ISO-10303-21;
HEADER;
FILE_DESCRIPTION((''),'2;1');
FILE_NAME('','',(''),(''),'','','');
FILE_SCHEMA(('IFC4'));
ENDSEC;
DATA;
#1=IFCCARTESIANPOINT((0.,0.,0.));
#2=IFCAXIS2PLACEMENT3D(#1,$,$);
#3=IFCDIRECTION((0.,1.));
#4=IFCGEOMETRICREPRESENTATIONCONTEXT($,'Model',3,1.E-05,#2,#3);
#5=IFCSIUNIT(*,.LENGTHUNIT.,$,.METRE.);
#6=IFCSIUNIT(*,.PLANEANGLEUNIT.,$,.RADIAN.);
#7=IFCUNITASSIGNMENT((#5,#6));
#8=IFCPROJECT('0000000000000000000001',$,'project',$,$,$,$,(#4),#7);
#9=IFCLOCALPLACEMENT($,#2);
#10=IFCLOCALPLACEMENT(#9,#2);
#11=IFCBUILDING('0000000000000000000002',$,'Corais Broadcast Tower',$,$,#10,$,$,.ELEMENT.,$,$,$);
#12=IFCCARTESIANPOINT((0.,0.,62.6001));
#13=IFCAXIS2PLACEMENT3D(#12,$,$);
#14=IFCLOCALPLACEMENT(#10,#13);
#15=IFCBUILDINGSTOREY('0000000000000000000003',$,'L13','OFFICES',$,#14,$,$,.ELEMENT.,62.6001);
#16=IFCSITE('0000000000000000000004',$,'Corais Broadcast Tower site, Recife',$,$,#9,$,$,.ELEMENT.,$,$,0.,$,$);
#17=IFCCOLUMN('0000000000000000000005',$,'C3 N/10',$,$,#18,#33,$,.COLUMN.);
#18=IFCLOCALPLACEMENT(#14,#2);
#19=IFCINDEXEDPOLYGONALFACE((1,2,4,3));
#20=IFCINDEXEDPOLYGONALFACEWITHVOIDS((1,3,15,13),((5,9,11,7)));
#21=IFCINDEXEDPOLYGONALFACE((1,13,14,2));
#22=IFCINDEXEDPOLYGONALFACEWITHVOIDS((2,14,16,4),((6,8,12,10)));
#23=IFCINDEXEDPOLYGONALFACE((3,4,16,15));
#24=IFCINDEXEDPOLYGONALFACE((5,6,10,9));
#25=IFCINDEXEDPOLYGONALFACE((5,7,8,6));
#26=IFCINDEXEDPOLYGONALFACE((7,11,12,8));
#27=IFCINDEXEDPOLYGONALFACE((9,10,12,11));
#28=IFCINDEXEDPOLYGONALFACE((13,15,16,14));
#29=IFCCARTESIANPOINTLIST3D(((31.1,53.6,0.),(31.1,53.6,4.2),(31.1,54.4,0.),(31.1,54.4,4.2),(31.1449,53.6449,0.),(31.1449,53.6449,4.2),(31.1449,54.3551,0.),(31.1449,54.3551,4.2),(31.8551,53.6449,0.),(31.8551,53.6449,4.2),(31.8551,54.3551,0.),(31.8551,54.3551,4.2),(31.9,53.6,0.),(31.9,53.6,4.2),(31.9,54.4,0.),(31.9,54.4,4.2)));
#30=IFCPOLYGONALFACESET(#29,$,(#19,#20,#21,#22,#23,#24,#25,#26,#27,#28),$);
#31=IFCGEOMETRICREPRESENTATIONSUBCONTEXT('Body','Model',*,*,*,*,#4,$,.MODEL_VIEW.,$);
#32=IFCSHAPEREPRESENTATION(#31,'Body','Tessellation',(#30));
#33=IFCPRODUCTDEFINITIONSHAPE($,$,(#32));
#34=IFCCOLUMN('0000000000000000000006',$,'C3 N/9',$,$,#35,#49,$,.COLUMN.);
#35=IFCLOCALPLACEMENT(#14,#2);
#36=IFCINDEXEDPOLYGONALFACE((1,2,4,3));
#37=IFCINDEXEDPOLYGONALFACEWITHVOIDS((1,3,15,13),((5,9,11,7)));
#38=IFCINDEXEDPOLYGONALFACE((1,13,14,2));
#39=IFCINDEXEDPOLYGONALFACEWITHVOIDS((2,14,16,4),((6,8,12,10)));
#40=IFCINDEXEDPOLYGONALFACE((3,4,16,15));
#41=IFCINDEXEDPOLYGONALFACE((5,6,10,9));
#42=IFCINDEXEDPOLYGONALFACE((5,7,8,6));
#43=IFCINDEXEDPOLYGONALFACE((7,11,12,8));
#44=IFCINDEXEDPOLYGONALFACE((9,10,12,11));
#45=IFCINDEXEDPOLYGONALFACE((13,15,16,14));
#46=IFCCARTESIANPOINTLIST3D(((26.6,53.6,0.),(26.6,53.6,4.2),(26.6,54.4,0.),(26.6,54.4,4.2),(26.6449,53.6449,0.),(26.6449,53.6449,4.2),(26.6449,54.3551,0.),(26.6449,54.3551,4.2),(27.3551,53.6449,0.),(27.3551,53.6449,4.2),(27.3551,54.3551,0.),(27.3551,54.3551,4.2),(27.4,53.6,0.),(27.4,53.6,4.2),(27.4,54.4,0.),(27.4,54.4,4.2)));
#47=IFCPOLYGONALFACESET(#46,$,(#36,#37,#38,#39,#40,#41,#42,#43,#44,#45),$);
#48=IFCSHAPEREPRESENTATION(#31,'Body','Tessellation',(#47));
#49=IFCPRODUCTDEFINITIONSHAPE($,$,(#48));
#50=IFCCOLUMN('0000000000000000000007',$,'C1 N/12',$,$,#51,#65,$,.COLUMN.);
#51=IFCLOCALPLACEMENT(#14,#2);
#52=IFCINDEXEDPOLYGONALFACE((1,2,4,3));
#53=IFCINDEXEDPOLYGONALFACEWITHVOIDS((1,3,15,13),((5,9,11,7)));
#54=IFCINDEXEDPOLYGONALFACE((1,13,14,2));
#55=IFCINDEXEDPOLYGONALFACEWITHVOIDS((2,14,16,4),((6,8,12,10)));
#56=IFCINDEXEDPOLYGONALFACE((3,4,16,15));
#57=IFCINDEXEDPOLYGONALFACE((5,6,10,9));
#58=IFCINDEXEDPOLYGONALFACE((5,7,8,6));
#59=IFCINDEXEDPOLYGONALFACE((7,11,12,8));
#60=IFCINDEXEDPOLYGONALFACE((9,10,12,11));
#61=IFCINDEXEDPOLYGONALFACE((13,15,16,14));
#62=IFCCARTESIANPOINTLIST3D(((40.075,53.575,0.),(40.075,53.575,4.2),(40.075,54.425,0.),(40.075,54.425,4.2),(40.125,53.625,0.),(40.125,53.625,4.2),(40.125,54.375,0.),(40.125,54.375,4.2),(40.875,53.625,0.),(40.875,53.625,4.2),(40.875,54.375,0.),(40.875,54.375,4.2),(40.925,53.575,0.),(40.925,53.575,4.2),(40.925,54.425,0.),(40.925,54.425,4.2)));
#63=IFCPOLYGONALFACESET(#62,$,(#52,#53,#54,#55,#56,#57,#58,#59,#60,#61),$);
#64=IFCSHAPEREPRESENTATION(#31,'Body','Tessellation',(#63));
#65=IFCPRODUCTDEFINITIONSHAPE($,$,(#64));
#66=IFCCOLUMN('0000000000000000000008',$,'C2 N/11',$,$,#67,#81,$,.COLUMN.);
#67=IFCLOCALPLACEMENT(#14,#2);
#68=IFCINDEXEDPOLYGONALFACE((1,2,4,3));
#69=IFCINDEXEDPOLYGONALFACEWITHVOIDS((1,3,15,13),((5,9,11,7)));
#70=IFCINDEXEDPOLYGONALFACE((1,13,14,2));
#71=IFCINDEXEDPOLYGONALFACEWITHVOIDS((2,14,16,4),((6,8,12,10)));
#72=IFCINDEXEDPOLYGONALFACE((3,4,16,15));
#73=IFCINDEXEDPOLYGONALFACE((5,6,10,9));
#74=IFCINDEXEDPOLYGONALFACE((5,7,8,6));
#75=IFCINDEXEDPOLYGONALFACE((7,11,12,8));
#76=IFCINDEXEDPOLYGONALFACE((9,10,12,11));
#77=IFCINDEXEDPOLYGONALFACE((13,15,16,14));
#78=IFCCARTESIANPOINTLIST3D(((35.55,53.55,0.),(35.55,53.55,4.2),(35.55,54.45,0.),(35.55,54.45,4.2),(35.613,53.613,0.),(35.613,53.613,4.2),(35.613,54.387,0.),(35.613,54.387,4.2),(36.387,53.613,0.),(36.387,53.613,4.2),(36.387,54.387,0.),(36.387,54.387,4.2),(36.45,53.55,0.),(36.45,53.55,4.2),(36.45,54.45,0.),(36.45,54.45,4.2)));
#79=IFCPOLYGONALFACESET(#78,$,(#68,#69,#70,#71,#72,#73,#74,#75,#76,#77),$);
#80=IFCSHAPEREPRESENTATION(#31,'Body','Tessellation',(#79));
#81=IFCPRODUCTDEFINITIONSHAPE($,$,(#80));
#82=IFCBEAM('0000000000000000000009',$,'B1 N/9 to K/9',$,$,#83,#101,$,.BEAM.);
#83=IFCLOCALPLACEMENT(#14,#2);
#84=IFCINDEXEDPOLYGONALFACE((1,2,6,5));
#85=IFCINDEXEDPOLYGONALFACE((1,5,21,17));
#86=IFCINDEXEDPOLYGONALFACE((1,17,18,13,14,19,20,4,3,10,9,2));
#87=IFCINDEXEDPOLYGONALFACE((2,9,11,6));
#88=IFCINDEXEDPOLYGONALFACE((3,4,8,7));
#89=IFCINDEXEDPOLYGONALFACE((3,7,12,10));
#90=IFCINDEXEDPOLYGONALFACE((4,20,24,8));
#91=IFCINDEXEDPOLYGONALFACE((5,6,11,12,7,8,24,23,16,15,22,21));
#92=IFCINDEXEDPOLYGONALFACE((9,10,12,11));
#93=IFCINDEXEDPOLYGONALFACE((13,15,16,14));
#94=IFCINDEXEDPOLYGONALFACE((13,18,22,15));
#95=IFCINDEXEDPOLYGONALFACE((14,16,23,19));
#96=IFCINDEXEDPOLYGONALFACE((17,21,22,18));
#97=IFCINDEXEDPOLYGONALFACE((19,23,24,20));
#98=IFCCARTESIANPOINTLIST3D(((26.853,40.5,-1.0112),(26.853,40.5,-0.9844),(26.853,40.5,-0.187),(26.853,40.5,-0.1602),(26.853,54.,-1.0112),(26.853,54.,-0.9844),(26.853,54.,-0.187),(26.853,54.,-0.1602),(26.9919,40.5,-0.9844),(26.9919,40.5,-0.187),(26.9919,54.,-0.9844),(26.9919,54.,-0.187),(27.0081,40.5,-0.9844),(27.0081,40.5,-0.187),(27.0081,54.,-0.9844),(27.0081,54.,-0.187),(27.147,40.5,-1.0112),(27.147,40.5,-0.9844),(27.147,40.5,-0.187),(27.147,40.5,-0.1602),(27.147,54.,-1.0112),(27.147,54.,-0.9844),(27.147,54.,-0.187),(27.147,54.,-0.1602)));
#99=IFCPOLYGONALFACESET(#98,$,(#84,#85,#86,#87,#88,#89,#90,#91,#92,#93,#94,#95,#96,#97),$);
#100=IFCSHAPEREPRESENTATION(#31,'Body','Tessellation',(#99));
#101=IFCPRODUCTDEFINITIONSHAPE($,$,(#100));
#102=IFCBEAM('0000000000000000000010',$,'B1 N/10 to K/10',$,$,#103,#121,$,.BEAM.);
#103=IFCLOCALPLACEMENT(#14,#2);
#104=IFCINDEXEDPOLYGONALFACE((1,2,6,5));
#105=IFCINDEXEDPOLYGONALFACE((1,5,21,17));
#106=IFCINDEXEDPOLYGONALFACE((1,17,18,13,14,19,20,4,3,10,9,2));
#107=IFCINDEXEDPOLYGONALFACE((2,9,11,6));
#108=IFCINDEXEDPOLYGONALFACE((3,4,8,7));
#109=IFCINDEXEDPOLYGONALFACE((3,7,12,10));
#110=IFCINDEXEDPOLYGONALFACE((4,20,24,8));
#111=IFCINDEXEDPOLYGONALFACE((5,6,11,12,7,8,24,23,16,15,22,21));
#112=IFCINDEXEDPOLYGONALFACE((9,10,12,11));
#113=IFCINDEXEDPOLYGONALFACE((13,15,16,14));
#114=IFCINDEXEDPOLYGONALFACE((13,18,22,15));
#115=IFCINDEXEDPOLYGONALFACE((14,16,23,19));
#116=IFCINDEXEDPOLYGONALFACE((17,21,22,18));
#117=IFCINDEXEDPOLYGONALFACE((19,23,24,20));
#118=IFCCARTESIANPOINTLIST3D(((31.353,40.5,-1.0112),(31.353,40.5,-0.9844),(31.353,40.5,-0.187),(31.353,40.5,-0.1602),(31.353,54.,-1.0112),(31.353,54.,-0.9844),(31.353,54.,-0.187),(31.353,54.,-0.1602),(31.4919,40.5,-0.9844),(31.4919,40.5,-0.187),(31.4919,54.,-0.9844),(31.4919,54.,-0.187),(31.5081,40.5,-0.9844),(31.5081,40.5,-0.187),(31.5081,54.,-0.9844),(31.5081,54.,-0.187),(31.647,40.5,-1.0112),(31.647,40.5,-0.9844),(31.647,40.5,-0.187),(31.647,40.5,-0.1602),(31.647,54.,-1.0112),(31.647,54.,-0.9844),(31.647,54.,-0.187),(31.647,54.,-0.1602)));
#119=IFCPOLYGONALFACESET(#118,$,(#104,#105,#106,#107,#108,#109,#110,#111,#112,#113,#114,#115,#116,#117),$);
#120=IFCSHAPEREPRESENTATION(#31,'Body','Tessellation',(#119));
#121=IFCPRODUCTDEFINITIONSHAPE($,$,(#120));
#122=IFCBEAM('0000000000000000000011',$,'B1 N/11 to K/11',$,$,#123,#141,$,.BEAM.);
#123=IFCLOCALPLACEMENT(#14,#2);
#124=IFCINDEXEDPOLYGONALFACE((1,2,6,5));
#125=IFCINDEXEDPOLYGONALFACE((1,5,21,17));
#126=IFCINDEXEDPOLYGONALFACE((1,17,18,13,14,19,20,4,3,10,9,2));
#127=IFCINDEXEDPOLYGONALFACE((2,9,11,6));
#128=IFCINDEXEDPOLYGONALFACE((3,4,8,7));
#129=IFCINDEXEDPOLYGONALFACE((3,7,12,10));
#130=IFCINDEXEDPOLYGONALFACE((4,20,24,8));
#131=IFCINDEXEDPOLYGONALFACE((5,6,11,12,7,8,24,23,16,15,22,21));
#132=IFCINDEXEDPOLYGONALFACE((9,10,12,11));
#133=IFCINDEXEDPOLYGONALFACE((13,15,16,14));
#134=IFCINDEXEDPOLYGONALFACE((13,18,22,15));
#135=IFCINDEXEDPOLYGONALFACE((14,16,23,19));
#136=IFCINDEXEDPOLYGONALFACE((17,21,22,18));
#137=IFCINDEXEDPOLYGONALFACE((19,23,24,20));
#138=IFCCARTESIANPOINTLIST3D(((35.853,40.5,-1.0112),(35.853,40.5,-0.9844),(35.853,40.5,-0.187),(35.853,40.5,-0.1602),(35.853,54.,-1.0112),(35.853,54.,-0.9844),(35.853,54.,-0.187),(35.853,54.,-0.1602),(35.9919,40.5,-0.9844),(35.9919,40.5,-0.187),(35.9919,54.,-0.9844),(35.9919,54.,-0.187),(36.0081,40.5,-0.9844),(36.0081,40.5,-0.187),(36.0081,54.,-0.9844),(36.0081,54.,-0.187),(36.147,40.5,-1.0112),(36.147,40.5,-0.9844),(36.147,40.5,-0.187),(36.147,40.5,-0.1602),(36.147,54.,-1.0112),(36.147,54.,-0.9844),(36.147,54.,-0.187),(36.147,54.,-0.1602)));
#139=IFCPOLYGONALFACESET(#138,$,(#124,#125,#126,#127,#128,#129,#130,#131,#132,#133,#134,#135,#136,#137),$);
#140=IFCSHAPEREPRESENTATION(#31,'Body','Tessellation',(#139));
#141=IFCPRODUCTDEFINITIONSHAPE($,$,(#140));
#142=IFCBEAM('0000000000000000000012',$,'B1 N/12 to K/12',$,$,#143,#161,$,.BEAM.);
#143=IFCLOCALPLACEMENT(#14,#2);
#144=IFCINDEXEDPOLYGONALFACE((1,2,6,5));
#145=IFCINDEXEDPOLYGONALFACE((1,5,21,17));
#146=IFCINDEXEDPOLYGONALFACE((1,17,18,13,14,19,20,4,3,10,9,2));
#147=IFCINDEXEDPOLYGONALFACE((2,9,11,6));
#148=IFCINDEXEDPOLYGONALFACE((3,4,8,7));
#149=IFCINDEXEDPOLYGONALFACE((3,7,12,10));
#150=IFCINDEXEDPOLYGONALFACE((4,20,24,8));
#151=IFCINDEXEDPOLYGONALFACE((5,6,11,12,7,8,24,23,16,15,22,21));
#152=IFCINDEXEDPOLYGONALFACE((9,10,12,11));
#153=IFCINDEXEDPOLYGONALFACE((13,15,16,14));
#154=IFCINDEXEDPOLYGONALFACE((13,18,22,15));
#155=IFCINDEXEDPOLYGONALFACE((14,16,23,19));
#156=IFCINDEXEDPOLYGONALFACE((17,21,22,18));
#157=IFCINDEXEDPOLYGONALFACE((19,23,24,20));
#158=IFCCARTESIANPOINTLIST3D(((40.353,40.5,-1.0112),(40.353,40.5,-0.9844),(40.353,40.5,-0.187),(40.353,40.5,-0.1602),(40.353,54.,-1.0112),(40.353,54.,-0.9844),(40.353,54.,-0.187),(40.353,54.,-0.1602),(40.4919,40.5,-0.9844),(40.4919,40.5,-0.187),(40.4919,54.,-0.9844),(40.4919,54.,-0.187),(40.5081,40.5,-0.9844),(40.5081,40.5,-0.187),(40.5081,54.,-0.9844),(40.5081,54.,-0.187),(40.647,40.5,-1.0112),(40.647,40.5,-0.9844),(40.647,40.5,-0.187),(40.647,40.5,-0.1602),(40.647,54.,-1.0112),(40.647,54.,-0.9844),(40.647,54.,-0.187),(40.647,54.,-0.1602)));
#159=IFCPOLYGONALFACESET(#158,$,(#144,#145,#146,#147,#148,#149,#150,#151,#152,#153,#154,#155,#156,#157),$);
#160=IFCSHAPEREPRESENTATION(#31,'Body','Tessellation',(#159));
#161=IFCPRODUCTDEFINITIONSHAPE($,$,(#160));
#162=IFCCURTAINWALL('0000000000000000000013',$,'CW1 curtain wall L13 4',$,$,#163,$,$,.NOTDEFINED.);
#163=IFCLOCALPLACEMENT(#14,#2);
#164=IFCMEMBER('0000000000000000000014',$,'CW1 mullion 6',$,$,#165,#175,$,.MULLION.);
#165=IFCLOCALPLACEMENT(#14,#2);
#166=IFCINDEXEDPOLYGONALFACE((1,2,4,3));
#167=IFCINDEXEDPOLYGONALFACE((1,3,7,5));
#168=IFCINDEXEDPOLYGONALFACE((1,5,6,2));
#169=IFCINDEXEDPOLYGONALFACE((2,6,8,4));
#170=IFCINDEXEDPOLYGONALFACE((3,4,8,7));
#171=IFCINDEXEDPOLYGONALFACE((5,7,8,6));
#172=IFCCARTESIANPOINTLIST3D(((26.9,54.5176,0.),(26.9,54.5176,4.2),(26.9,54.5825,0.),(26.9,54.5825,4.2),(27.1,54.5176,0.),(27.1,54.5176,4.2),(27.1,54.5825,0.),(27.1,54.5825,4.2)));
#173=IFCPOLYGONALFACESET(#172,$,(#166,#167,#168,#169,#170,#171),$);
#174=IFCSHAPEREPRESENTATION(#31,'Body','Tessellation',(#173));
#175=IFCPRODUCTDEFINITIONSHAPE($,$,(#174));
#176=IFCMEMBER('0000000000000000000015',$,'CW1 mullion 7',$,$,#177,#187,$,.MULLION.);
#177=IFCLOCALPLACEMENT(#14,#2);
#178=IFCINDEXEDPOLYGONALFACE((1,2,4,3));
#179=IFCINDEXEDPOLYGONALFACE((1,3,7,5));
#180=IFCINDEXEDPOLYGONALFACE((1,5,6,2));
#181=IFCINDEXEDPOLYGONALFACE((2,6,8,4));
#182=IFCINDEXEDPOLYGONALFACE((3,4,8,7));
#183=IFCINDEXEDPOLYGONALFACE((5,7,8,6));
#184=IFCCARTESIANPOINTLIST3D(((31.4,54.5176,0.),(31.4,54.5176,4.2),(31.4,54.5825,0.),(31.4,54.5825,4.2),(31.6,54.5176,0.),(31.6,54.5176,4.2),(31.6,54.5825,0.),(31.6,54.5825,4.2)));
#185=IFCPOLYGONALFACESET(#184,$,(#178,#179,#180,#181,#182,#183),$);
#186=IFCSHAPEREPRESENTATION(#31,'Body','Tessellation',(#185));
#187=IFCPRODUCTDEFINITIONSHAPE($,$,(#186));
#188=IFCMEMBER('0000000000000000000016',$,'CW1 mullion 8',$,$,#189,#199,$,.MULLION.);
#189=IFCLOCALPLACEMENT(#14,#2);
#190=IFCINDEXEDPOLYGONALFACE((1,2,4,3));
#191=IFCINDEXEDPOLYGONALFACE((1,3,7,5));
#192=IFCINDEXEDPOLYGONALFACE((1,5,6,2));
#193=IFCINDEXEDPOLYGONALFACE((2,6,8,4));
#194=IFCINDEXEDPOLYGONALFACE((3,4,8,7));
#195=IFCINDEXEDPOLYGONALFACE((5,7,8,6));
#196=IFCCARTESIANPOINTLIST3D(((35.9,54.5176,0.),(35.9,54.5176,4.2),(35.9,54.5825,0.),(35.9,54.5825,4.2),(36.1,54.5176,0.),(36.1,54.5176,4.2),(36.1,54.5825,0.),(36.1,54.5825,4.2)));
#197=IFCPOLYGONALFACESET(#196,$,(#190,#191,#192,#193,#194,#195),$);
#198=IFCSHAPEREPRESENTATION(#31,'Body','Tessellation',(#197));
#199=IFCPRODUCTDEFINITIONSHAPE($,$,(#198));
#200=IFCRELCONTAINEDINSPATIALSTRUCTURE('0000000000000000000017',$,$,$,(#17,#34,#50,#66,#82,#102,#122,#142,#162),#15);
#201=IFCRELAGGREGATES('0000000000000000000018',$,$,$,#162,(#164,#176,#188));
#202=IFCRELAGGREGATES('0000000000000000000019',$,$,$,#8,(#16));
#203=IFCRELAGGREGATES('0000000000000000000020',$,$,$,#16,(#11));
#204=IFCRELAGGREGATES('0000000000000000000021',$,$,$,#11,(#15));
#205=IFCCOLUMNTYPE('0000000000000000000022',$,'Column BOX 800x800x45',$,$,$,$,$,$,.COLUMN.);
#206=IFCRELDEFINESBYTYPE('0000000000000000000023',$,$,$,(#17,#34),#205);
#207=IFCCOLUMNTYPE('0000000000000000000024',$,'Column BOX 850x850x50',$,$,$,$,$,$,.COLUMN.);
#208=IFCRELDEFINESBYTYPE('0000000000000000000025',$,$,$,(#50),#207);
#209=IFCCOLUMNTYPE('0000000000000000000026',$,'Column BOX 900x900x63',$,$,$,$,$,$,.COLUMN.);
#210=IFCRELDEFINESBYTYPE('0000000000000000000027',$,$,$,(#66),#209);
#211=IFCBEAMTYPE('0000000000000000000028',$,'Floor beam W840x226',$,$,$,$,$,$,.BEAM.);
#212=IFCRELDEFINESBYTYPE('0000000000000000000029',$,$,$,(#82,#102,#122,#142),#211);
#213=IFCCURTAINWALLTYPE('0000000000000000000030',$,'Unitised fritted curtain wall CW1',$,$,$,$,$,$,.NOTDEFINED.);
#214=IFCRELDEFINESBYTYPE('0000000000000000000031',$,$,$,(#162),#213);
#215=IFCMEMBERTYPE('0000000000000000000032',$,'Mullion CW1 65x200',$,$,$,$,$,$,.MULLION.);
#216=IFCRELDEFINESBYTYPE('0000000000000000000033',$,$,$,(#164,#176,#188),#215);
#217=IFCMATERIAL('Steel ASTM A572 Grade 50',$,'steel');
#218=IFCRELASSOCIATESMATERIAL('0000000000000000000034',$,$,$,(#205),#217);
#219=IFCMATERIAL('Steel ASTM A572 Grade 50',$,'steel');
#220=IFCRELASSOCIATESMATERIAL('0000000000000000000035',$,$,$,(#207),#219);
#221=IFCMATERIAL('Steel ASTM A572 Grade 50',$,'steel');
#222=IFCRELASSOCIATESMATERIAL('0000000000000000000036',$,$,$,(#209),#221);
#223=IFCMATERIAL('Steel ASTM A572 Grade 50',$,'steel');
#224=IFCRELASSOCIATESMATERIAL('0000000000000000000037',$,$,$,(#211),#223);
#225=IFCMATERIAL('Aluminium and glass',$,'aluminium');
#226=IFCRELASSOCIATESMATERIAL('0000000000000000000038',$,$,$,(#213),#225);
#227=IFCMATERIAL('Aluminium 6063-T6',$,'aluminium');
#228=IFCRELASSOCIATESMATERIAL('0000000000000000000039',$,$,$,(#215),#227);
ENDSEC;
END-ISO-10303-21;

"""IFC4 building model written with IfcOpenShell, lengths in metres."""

from ifc_helpers import new_model, si_unit, direction, frame, origin, origin_2d, place, context, subcontext, project, spatial, rectangle, hollow_rectangle, i_section, extrude, material, material_profile, profile_set, type_object, element, aggregate, save


model = new_model("IFC4")

# Units and contexts
model_context = context("Model", 3, precision=1e-05, world=origin(), true_north=direction((0.0, 1.0)))
body_context = subcontext(model_context, "Body", "Model", "MODEL_VIEW")
ifc_project = project(units=[si_unit("LENGTHUNIT", "METRE"), si_unit("PLANEANGLEUNIT", "RADIAN")], contexts=[model_context])

# Site, building, storey
site_placement = place(None, origin())
site = spatial("IfcSite", under=ifc_project, at=site_placement, Name="Corais Broadcast Tower site, Recife", CompositionType="ELEMENT", RefElevation=0.0)
building_placement = place(site_placement, origin())
building = spatial("IfcBuilding", under=site, at=building_placement, Name="Corais Broadcast Tower", CompositionType="ELEMENT")
storey_placement = place(building_placement, frame((0.0, 0.0, 62.6001)))
storey = spatial("IfcBuildingStorey", under=building, at=storey_placement, Name="L13", Description="OFFICES", CompositionType="ELEMENT", Elevation=62.6001)

# Columns
ifc_material_1 = material(Name="Steel ASTM A572 Grade 50", Category="steel")
ifc_material_profile_1 = material_profile(ifc_material_1, hollow_rectangle(XDim=0.8, YDim=0.8, WallThickness=0.0449, at=origin_2d()), Name="BOX 800x800x45")
ifc_profile_set_1 = profile_set([ifc_material_profile_1], Name="Steel ASTM A572 Grade 50")
column_type_1 = type_object("IfcColumnType", Name="Column BOX 800x800x45", PredefinedType="COLUMN", material=ifc_profile_set_1)
for number, where, z_axis, x_axis, name in (
    (1, (31.5, 54.0, 0.0), (0.0, 0.0, 1.0), (1.0, 0.0, 0.0), "C3 N/10"),
    (2, (27.0, 54.0, 0.0), (0.0, 0.0, 1.0), (1.0, 0.0, 0.0), "C3 N/9"),
):
    element("IfcColumn", number, at=place(storey_placement, frame(where, z_axis=z_axis, x_axis=x_axis)), inside=storey, type_object=column_type_1, Name=name, PredefinedType="COLUMN", context=body_context, shape_type="SweptSolid", body=[
        extrude(hollow_rectangle(XDim=0.8, YDim=0.8, WallThickness=0.0449, at=origin_2d()), origin(), (0.0, 0.0, 1.0), 4.2),
    ])
ifc_material_2 = material(Name="Steel ASTM A572 Grade 50", Category="steel")
ifc_material_profile_2 = material_profile(ifc_material_2, hollow_rectangle(XDim=0.8501, YDim=0.8501, WallThickness=0.05, at=origin_2d()), Name="BOX 850x850x50")
ifc_profile_set_2 = profile_set([ifc_material_profile_2], Name="Steel ASTM A572 Grade 50")
column_type_2 = type_object("IfcColumnType", Name="Column BOX 850x850x50", PredefinedType="COLUMN", material=ifc_profile_set_2)
column_1_placement = place(storey_placement, frame((40.5, 54.0, 0.0), z_axis=(0.0, 0.0, 1.0), x_axis=(1.0, 0.0, 0.0)))
element("IfcColumn", 3, at=column_1_placement, inside=storey, type_object=column_type_2, Name="C1 N/12", PredefinedType="COLUMN", context=body_context, shape_type="SweptSolid", body=[
    extrude(hollow_rectangle(XDim=0.8501, YDim=0.8501, WallThickness=0.05, at=origin_2d()), origin(), (0.0, 0.0, 1.0), 4.2),
])
ifc_material_3 = material(Name="Steel ASTM A572 Grade 50", Category="steel")
ifc_material_profile_3 = material_profile(ifc_material_3, hollow_rectangle(XDim=0.8999, YDim=0.8999, WallThickness=0.063, at=origin_2d()), Name="BOX 900x900x63")
ifc_profile_set_3 = profile_set([ifc_material_profile_3], Name="Steel ASTM A572 Grade 50")
column_type_3 = type_object("IfcColumnType", Name="Column BOX 900x900x63", PredefinedType="COLUMN", material=ifc_profile_set_3)
column_2_placement = place(storey_placement, frame((36.0, 54.0, 0.0), z_axis=(0.0, 0.0, 1.0), x_axis=(1.0, 0.0, 0.0)))
element("IfcColumn", 4, at=column_2_placement, inside=storey, type_object=column_type_3, Name="C2 N/11", PredefinedType="COLUMN", context=body_context, shape_type="SweptSolid", body=[
    extrude(hollow_rectangle(XDim=0.8999, YDim=0.8999, WallThickness=0.063, at=origin_2d()), origin(), (0.0, 0.0, 1.0), 4.2),
])

# Beams
ifc_material_4 = material(Name="Steel ASTM A572 Grade 50", Category="steel")
ifc_material_profile_4 = material_profile(ifc_material_4, i_section(OverallWidth=0.2939, OverallDepth=0.8511, WebThickness=0.0161, FlangeThickness=0.0269, at=origin_2d()), Name="W840x226")
ifc_profile_set_4 = profile_set([ifc_material_profile_4], Name="Steel ASTM A572 Grade 50")
beam_type_1 = type_object("IfcBeamType", Name="Floor beam W840x226", PredefinedType="BEAM", material=ifc_profile_set_4)
for number, where, z_axis, x_axis, name in (
    (5, (27.0, 54.0, -0.5857), (0.0, -1.0, 0.0), (1.0, 0.0, 0.0), "B1 N/9 to K/9"),
    (6, (31.5, 54.0, -0.5857), (0.0, -1.0, 0.0), (1.0, 0.0, 0.0), "B1 N/10 to K/10"),
    (7, (36.0, 54.0, -0.5857), (0.0, -1.0, 0.0), (1.0, 0.0, 0.0), "B1 N/11 to K/11"),
    (8, (40.5, 54.0, -0.5857), (0.0, -1.0, 0.0), (1.0, 0.0, 0.0), "B1 N/12 to K/12"),
):
    element("IfcBeam", number, at=place(storey_placement, frame(where, z_axis=z_axis, x_axis=x_axis)), inside=storey, type_object=beam_type_1, Name=name, PredefinedType="BEAM", context=body_context, shape_type="SweptSolid", body=[
        extrude(i_section(OverallWidth=0.2939, OverallDepth=0.8511, WebThickness=0.0161, FlangeThickness=0.0269, at=origin_2d()), origin(), (0.0, 0.0, 1.0), 13.5),
    ])

# Curtain wall, members
ifc_material_5 = material(Name="Aluminium and glass", Category="aluminium")
curtain_wall_type = type_object("IfcCurtainWallType", Name="Unitised fritted curtain wall CW1", PredefinedType="NOTDEFINED", material=ifc_material_5)
curtain_wall_placement = place(storey_placement, origin())
curtain_wall = element("IfcCurtainWall", 9, at=curtain_wall_placement, inside=storey, type_object=curtain_wall_type, Name="CW1 curtain wall L13 4", PredefinedType="NOTDEFINED")
ifc_material_6 = material(Name="Aluminium 6063-T6", Category="aluminium")
ifc_material_profile_5 = material_profile(ifc_material_6, rectangle(XDim=0.0649, YDim=0.2, at=origin_2d()), Name="Mullion CW1 65x200")
ifc_profile_set_5 = profile_set([ifc_material_profile_5], Name="Aluminium 6063-T6")
member_type_1 = type_object("IfcMemberType", Name="Mullion CW1 65x200", PredefinedType="MULLION", material=ifc_profile_set_5)
member_1_placement = place(storey_placement, frame((27.0, 54.55, 0.0), z_axis=(0.0, 0.0, 1.0), x_axis=(0.0, 1.0, 0.0)))
member_1 = element("IfcMember", 10, at=member_1_placement, type_object=member_type_1, Name="CW1 mullion 6", PredefinedType="MULLION", context=body_context, shape_type="SweptSolid", body=[
    extrude(rectangle(XDim=0.0649, YDim=0.2, at=origin_2d()), origin(), (0.0, 0.0, 1.0), 4.2),
])
member_2_placement = place(storey_placement, frame((31.5, 54.55, 0.0), z_axis=(0.0, 0.0, 1.0), x_axis=(0.0, 1.0, 0.0)))
member_2 = element("IfcMember", 11, at=member_2_placement, type_object=member_type_1, Name="CW1 mullion 7", PredefinedType="MULLION", context=body_context, shape_type="SweptSolid", body=[
    extrude(rectangle(XDim=0.0649, YDim=0.2, at=origin_2d()), origin(), (0.0, 0.0, 1.0), 4.2),
])
member_3_placement = place(storey_placement, frame((36.0, 54.55, 0.0), z_axis=(0.0, 0.0, 1.0), x_axis=(0.0, 1.0, 0.0)))
member_3 = element("IfcMember", 12, at=member_3_placement, type_object=member_type_1, Name="CW1 mullion 8", PredefinedType="MULLION", context=body_context, shape_type="SweptSolid", body=[
    extrude(rectangle(XDim=0.0649, YDim=0.2, at=origin_2d()), origin(), (0.0, 0.0, 1.0), 4.2),
])

aggregate(curtain_wall, [member_1, member_2, member_3])

save(model, "model.ifc")
